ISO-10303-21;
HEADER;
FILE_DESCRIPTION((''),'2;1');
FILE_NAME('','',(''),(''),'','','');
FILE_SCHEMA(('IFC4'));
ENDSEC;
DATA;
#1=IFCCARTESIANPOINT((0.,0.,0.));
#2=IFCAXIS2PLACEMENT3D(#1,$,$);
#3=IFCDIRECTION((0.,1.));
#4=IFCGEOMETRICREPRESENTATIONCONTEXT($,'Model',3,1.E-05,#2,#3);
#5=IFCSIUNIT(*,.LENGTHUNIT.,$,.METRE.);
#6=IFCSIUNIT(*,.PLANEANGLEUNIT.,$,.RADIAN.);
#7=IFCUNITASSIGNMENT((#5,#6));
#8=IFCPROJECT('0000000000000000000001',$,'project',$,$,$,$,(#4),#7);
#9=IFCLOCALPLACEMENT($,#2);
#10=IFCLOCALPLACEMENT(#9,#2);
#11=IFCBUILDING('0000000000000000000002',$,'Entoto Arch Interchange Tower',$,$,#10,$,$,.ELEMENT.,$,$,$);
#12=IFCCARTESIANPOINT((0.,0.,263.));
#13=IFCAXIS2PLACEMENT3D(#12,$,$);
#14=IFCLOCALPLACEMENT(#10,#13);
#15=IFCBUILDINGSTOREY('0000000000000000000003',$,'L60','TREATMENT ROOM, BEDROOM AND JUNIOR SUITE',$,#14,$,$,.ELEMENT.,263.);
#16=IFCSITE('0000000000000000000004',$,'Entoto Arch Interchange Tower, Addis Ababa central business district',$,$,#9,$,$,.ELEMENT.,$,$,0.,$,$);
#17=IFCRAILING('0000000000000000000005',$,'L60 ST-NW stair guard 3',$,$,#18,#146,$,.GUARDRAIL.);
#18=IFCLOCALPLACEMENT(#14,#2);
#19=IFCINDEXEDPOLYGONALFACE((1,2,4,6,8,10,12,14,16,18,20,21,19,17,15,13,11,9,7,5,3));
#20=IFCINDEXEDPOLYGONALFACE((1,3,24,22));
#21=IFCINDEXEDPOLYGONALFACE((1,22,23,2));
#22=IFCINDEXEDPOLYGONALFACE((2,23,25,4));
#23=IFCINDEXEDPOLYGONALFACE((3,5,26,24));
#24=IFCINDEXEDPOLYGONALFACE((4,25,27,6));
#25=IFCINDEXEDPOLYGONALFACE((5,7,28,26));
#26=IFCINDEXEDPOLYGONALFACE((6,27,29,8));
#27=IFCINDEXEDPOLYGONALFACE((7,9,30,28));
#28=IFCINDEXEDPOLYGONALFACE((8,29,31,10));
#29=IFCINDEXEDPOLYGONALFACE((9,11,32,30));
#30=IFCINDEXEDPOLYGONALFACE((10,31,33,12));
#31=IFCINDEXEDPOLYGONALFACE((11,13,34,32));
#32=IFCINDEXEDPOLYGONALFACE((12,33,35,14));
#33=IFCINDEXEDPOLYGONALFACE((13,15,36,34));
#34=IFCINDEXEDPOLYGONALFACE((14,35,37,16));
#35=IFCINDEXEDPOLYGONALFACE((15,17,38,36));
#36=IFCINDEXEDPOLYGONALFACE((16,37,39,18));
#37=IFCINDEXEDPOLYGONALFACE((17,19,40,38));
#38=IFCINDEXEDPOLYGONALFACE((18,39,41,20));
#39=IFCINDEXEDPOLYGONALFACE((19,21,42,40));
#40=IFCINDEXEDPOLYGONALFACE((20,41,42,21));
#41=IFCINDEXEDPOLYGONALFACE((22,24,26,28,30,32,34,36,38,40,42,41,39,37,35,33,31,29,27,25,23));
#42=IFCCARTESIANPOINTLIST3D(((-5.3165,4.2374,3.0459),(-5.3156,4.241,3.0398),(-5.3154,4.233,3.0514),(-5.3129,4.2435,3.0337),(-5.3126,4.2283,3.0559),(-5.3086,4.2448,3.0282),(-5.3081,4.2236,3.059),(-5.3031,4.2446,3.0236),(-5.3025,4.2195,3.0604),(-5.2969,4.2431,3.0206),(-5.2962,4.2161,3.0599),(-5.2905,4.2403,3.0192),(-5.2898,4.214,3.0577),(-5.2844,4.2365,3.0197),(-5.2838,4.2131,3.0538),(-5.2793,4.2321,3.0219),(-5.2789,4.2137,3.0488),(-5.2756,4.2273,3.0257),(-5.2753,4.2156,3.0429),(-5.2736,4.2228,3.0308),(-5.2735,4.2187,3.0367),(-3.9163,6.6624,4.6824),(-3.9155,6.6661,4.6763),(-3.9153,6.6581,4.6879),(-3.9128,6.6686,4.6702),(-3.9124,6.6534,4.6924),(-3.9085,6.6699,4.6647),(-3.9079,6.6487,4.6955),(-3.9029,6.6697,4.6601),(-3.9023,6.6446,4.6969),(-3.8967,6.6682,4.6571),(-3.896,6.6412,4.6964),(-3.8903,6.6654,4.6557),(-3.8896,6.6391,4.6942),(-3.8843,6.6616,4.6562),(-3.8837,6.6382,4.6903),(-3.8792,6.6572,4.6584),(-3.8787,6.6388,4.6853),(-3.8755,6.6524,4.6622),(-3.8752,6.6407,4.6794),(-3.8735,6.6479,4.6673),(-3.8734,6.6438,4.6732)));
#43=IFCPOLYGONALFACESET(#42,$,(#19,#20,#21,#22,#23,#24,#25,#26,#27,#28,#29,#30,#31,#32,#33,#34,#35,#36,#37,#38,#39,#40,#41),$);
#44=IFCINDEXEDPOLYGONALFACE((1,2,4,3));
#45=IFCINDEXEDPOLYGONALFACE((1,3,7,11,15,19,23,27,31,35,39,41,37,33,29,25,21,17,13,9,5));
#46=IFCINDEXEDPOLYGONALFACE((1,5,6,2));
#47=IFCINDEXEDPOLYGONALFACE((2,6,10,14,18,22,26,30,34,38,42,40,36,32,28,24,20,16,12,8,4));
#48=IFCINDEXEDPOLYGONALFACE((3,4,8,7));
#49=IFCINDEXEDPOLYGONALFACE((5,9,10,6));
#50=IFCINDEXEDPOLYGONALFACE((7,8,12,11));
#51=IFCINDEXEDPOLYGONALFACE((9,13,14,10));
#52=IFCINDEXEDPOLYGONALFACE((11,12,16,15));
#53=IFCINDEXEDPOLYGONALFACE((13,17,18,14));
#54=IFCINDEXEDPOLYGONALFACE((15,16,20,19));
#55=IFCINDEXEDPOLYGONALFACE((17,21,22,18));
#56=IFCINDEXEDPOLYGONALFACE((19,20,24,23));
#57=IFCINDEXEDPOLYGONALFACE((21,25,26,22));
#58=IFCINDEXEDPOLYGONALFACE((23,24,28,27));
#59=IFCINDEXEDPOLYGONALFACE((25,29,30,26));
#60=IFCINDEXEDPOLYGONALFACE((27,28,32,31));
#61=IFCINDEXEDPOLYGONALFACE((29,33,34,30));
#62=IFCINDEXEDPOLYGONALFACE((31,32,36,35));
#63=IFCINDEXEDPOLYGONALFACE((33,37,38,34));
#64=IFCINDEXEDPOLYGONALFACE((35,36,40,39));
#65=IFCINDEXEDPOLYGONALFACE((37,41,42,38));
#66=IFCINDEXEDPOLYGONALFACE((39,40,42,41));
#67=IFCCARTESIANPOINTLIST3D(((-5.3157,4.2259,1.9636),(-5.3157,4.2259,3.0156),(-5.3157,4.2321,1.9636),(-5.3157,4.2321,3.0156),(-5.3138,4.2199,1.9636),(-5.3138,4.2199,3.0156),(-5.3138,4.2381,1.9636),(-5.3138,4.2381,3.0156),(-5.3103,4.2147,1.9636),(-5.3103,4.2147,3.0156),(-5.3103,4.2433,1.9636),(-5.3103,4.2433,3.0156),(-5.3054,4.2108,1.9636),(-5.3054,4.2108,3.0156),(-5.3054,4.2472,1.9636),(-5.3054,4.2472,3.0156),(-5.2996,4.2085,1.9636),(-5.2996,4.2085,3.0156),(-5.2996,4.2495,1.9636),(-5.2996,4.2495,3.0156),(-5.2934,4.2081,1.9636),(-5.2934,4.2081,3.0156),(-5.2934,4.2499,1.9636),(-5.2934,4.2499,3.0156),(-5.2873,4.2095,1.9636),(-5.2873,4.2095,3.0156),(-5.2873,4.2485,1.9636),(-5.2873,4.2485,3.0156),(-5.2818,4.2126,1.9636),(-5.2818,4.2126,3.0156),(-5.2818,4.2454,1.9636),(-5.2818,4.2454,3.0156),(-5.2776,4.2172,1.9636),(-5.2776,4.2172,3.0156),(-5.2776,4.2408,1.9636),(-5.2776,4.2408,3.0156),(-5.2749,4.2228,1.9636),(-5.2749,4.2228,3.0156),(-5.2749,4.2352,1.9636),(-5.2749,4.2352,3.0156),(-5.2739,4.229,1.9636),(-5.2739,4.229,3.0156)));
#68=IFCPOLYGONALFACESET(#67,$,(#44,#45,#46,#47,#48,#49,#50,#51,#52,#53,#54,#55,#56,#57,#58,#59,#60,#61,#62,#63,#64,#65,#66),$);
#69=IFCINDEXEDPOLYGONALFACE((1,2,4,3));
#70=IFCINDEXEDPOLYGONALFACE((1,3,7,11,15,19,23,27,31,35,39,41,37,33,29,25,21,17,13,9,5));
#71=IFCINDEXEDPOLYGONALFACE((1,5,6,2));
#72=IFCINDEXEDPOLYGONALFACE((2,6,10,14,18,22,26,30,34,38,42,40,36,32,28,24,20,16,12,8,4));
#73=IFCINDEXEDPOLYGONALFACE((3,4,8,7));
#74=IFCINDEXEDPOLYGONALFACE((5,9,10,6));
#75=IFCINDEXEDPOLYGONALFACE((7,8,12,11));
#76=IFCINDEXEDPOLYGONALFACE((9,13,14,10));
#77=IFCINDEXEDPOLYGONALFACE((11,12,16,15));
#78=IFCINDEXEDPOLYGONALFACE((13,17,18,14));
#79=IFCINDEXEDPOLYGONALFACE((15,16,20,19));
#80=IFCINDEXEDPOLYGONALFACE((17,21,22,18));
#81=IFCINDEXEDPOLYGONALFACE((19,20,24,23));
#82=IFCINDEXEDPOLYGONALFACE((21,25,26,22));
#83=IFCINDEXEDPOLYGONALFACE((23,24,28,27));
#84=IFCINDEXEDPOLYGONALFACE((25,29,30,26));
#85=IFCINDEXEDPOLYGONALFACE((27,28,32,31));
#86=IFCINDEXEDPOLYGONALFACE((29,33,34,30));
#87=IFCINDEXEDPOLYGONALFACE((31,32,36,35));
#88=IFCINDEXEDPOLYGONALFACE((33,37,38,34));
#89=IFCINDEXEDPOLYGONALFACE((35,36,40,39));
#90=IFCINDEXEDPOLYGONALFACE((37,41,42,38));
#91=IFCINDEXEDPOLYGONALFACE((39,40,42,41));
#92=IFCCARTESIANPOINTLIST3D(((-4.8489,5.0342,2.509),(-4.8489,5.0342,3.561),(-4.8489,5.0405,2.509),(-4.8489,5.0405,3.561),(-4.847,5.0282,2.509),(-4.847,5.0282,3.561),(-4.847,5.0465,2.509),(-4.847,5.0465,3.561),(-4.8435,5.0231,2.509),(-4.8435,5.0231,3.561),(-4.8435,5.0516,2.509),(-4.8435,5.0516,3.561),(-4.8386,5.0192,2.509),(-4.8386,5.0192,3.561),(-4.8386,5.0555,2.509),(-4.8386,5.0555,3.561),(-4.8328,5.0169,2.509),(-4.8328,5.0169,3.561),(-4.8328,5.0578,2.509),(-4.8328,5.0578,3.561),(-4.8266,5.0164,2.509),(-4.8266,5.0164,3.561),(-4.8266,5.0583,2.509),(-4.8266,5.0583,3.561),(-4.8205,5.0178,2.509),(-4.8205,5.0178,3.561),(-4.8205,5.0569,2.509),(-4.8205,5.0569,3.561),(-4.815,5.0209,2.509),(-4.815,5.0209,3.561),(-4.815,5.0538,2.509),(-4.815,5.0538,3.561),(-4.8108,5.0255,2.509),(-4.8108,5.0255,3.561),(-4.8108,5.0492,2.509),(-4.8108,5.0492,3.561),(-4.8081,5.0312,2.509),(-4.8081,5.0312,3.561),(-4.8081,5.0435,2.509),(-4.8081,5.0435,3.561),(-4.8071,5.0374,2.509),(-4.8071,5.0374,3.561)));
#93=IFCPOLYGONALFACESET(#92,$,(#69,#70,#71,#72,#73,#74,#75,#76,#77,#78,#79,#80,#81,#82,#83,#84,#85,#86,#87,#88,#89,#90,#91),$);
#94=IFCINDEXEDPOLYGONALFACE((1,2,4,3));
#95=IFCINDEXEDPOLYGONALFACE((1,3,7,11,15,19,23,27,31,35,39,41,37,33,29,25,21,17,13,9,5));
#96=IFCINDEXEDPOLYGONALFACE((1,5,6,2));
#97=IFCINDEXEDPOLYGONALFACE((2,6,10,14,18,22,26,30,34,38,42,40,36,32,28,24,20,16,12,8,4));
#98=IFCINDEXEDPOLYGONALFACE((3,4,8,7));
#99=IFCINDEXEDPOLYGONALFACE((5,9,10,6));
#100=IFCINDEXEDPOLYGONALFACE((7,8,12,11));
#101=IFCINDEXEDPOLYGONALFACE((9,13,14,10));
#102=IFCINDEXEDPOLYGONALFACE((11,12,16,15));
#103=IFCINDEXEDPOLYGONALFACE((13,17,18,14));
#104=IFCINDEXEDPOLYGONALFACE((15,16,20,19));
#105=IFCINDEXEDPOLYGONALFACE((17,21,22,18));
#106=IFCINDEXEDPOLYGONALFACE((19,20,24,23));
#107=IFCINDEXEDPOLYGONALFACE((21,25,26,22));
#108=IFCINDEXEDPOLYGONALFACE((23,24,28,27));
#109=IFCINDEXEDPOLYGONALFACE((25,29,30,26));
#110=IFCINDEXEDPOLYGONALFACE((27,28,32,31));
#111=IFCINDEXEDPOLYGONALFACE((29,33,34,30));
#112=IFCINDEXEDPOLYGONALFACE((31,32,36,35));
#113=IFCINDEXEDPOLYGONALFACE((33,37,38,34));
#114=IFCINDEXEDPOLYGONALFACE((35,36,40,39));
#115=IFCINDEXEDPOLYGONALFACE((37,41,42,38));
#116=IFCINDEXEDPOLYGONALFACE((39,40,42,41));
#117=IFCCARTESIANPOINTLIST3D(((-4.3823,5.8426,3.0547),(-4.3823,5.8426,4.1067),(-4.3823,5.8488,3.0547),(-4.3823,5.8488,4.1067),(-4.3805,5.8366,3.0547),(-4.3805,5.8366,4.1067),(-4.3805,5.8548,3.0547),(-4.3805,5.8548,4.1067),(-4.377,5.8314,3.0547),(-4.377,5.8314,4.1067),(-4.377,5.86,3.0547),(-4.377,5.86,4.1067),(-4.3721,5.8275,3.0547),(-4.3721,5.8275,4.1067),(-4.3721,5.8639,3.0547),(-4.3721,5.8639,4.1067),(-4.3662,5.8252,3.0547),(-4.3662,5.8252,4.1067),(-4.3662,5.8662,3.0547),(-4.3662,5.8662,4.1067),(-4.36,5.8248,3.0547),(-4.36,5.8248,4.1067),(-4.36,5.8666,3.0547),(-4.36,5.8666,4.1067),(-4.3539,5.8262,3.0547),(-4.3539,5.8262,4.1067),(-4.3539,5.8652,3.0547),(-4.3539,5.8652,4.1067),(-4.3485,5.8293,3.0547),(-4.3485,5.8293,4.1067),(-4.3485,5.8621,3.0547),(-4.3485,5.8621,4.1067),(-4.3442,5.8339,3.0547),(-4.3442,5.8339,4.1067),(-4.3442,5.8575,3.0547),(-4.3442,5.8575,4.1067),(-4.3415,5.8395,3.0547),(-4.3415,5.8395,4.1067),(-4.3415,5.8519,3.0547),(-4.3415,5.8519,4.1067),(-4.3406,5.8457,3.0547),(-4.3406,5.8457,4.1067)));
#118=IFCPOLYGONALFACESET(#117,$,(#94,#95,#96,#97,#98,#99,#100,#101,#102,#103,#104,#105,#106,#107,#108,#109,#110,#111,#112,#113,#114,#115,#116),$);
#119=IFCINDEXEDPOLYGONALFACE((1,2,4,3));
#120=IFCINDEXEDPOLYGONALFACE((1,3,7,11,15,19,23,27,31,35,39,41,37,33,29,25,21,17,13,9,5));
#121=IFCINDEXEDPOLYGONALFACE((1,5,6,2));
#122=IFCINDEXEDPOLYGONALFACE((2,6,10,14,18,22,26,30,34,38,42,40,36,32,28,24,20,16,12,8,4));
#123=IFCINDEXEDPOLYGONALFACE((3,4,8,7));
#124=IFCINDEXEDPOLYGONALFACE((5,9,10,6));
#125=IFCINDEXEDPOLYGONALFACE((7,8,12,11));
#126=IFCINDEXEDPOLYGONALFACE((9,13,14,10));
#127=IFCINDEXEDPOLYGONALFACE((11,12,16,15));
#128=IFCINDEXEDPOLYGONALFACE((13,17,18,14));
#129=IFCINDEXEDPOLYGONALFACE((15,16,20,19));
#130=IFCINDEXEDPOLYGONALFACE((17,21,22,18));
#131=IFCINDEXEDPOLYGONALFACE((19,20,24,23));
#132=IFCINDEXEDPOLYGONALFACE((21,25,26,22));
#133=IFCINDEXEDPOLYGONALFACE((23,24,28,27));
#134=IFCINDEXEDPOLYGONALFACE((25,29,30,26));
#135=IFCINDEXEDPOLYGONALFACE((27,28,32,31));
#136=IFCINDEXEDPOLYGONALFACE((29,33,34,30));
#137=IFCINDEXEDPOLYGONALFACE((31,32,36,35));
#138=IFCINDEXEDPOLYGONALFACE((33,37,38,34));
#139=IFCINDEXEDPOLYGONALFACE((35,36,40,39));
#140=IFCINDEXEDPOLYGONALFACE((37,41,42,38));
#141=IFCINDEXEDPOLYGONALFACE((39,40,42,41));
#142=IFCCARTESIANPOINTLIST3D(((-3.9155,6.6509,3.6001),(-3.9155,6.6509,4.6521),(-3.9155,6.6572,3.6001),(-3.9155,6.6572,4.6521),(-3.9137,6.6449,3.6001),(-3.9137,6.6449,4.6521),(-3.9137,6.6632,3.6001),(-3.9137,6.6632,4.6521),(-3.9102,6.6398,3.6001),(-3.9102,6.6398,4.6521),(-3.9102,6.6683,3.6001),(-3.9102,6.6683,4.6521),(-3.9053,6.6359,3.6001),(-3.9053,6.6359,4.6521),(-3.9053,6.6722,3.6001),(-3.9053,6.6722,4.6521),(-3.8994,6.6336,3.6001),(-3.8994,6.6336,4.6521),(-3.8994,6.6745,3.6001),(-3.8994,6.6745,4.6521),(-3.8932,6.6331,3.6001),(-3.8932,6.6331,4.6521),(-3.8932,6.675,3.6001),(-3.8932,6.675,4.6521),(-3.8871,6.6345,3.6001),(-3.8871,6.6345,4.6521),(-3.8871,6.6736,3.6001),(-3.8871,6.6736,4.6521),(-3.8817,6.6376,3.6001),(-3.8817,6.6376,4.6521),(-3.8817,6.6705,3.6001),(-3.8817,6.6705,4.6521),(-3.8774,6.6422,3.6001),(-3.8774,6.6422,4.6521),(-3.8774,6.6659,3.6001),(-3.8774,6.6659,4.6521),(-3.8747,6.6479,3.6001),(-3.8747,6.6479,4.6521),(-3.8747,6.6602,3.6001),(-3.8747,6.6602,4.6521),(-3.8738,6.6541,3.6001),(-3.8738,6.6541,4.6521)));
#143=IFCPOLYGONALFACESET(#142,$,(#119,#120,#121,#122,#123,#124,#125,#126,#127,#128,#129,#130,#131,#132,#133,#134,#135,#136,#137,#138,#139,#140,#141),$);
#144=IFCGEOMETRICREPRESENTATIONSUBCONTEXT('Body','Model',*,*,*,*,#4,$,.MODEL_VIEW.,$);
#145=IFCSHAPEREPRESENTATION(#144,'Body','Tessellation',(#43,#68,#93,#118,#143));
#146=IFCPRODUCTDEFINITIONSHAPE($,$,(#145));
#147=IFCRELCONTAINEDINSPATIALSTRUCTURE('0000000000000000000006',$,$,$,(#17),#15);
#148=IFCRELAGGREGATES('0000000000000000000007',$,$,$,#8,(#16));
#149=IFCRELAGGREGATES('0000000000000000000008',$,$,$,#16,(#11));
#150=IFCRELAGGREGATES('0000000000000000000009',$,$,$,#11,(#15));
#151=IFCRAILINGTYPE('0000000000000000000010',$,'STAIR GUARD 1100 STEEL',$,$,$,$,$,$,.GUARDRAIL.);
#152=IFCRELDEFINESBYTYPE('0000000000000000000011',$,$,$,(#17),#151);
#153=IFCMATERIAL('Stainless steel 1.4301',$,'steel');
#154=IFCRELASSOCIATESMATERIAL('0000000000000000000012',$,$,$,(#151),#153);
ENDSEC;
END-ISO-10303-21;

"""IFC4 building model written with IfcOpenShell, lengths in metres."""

from ifc_helpers import new_model, si_unit, direction, frame, origin, origin_2d, place, context, subcontext, project, spatial, circle, extrude, material, type_object, element, save


model = new_model("IFC4")

# Units and contexts
model_context = context("Model", 3, precision=1e-05, world=origin(), true_north=direction((0.0, 1.0)))
body_context = subcontext(model_context, "Body", "Model", "MODEL_VIEW")
ifc_project = project(units=[si_unit("LENGTHUNIT", "METRE"), si_unit("PLANEANGLEUNIT", "RADIAN")], contexts=[model_context])

# Site, building, storey
site_placement = place(None, origin())
site = spatial("IfcSite", under=ifc_project, at=site_placement, Name="Entoto Arch Interchange Tower, Addis Ababa central business district", CompositionType="ELEMENT", RefElevation=0.0)
building_placement = place(site_placement, origin())
building = spatial("IfcBuilding", under=site, at=building_placement, Name="Entoto Arch Interchange Tower", CompositionType="ELEMENT")
storey_placement = place(building_placement, frame((0.0, 0.0, 263.0)))
storey = spatial("IfcBuildingStorey", under=building, at=storey_placement, Name="L60", Description="TREATMENT ROOM, BEDROOM AND JUNIOR SUITE", CompositionType="ELEMENT", Elevation=263.0)

# Railing
ifc_material_1 = material(Name="Stainless steel 1.4301", Category="steel")
railing_type_1 = type_object("IfcRailingType", Name="STAIR GUARD 1100 STEEL", PredefinedType="GUARDRAIL", material=ifc_material_1)
railing_1_placement = place(storey_placement, frame((-5.2949, 4.229, 1.9636)))
element("IfcRailing", 1, at=railing_1_placement, inside=storey, type_object=railing_type_1, Name="L60 ST-NW stair guard 3", PredefinedType="GUARDRAIL", context=body_context, shape_type="SweptSolid", body=[
    extrude(circle(Radius=0.0239, at=origin_2d()), frame((0.0, 0.0, 1.0762), z_axis=(0.431698, 0.747699, 0.504563), x_axis=(-0.866019, 0.500012, 0.0)), (0.0, 0.0, 1.0), 3.2434),
    extrude(circle(Radius=0.021, at=origin_2d()), origin(), (0.0, 0.0, 1.0), 1.052),
    extrude(circle(Radius=0.021, at=origin_2d()), frame((0.4668, 0.8083, 0.5454)), (0.0, 0.0, 1.0), 1.052),
    extrude(circle(Radius=0.021, at=origin_2d()), frame((0.9333, 1.6167, 1.0911)), (0.0, 0.0, 1.0), 1.052),
    extrude(circle(Radius=0.021, at=origin_2d()), frame((1.4001, 2.425, 1.6365)), (0.0, 0.0, 1.0), 1.052),
])

save(model, "model.ifc")
